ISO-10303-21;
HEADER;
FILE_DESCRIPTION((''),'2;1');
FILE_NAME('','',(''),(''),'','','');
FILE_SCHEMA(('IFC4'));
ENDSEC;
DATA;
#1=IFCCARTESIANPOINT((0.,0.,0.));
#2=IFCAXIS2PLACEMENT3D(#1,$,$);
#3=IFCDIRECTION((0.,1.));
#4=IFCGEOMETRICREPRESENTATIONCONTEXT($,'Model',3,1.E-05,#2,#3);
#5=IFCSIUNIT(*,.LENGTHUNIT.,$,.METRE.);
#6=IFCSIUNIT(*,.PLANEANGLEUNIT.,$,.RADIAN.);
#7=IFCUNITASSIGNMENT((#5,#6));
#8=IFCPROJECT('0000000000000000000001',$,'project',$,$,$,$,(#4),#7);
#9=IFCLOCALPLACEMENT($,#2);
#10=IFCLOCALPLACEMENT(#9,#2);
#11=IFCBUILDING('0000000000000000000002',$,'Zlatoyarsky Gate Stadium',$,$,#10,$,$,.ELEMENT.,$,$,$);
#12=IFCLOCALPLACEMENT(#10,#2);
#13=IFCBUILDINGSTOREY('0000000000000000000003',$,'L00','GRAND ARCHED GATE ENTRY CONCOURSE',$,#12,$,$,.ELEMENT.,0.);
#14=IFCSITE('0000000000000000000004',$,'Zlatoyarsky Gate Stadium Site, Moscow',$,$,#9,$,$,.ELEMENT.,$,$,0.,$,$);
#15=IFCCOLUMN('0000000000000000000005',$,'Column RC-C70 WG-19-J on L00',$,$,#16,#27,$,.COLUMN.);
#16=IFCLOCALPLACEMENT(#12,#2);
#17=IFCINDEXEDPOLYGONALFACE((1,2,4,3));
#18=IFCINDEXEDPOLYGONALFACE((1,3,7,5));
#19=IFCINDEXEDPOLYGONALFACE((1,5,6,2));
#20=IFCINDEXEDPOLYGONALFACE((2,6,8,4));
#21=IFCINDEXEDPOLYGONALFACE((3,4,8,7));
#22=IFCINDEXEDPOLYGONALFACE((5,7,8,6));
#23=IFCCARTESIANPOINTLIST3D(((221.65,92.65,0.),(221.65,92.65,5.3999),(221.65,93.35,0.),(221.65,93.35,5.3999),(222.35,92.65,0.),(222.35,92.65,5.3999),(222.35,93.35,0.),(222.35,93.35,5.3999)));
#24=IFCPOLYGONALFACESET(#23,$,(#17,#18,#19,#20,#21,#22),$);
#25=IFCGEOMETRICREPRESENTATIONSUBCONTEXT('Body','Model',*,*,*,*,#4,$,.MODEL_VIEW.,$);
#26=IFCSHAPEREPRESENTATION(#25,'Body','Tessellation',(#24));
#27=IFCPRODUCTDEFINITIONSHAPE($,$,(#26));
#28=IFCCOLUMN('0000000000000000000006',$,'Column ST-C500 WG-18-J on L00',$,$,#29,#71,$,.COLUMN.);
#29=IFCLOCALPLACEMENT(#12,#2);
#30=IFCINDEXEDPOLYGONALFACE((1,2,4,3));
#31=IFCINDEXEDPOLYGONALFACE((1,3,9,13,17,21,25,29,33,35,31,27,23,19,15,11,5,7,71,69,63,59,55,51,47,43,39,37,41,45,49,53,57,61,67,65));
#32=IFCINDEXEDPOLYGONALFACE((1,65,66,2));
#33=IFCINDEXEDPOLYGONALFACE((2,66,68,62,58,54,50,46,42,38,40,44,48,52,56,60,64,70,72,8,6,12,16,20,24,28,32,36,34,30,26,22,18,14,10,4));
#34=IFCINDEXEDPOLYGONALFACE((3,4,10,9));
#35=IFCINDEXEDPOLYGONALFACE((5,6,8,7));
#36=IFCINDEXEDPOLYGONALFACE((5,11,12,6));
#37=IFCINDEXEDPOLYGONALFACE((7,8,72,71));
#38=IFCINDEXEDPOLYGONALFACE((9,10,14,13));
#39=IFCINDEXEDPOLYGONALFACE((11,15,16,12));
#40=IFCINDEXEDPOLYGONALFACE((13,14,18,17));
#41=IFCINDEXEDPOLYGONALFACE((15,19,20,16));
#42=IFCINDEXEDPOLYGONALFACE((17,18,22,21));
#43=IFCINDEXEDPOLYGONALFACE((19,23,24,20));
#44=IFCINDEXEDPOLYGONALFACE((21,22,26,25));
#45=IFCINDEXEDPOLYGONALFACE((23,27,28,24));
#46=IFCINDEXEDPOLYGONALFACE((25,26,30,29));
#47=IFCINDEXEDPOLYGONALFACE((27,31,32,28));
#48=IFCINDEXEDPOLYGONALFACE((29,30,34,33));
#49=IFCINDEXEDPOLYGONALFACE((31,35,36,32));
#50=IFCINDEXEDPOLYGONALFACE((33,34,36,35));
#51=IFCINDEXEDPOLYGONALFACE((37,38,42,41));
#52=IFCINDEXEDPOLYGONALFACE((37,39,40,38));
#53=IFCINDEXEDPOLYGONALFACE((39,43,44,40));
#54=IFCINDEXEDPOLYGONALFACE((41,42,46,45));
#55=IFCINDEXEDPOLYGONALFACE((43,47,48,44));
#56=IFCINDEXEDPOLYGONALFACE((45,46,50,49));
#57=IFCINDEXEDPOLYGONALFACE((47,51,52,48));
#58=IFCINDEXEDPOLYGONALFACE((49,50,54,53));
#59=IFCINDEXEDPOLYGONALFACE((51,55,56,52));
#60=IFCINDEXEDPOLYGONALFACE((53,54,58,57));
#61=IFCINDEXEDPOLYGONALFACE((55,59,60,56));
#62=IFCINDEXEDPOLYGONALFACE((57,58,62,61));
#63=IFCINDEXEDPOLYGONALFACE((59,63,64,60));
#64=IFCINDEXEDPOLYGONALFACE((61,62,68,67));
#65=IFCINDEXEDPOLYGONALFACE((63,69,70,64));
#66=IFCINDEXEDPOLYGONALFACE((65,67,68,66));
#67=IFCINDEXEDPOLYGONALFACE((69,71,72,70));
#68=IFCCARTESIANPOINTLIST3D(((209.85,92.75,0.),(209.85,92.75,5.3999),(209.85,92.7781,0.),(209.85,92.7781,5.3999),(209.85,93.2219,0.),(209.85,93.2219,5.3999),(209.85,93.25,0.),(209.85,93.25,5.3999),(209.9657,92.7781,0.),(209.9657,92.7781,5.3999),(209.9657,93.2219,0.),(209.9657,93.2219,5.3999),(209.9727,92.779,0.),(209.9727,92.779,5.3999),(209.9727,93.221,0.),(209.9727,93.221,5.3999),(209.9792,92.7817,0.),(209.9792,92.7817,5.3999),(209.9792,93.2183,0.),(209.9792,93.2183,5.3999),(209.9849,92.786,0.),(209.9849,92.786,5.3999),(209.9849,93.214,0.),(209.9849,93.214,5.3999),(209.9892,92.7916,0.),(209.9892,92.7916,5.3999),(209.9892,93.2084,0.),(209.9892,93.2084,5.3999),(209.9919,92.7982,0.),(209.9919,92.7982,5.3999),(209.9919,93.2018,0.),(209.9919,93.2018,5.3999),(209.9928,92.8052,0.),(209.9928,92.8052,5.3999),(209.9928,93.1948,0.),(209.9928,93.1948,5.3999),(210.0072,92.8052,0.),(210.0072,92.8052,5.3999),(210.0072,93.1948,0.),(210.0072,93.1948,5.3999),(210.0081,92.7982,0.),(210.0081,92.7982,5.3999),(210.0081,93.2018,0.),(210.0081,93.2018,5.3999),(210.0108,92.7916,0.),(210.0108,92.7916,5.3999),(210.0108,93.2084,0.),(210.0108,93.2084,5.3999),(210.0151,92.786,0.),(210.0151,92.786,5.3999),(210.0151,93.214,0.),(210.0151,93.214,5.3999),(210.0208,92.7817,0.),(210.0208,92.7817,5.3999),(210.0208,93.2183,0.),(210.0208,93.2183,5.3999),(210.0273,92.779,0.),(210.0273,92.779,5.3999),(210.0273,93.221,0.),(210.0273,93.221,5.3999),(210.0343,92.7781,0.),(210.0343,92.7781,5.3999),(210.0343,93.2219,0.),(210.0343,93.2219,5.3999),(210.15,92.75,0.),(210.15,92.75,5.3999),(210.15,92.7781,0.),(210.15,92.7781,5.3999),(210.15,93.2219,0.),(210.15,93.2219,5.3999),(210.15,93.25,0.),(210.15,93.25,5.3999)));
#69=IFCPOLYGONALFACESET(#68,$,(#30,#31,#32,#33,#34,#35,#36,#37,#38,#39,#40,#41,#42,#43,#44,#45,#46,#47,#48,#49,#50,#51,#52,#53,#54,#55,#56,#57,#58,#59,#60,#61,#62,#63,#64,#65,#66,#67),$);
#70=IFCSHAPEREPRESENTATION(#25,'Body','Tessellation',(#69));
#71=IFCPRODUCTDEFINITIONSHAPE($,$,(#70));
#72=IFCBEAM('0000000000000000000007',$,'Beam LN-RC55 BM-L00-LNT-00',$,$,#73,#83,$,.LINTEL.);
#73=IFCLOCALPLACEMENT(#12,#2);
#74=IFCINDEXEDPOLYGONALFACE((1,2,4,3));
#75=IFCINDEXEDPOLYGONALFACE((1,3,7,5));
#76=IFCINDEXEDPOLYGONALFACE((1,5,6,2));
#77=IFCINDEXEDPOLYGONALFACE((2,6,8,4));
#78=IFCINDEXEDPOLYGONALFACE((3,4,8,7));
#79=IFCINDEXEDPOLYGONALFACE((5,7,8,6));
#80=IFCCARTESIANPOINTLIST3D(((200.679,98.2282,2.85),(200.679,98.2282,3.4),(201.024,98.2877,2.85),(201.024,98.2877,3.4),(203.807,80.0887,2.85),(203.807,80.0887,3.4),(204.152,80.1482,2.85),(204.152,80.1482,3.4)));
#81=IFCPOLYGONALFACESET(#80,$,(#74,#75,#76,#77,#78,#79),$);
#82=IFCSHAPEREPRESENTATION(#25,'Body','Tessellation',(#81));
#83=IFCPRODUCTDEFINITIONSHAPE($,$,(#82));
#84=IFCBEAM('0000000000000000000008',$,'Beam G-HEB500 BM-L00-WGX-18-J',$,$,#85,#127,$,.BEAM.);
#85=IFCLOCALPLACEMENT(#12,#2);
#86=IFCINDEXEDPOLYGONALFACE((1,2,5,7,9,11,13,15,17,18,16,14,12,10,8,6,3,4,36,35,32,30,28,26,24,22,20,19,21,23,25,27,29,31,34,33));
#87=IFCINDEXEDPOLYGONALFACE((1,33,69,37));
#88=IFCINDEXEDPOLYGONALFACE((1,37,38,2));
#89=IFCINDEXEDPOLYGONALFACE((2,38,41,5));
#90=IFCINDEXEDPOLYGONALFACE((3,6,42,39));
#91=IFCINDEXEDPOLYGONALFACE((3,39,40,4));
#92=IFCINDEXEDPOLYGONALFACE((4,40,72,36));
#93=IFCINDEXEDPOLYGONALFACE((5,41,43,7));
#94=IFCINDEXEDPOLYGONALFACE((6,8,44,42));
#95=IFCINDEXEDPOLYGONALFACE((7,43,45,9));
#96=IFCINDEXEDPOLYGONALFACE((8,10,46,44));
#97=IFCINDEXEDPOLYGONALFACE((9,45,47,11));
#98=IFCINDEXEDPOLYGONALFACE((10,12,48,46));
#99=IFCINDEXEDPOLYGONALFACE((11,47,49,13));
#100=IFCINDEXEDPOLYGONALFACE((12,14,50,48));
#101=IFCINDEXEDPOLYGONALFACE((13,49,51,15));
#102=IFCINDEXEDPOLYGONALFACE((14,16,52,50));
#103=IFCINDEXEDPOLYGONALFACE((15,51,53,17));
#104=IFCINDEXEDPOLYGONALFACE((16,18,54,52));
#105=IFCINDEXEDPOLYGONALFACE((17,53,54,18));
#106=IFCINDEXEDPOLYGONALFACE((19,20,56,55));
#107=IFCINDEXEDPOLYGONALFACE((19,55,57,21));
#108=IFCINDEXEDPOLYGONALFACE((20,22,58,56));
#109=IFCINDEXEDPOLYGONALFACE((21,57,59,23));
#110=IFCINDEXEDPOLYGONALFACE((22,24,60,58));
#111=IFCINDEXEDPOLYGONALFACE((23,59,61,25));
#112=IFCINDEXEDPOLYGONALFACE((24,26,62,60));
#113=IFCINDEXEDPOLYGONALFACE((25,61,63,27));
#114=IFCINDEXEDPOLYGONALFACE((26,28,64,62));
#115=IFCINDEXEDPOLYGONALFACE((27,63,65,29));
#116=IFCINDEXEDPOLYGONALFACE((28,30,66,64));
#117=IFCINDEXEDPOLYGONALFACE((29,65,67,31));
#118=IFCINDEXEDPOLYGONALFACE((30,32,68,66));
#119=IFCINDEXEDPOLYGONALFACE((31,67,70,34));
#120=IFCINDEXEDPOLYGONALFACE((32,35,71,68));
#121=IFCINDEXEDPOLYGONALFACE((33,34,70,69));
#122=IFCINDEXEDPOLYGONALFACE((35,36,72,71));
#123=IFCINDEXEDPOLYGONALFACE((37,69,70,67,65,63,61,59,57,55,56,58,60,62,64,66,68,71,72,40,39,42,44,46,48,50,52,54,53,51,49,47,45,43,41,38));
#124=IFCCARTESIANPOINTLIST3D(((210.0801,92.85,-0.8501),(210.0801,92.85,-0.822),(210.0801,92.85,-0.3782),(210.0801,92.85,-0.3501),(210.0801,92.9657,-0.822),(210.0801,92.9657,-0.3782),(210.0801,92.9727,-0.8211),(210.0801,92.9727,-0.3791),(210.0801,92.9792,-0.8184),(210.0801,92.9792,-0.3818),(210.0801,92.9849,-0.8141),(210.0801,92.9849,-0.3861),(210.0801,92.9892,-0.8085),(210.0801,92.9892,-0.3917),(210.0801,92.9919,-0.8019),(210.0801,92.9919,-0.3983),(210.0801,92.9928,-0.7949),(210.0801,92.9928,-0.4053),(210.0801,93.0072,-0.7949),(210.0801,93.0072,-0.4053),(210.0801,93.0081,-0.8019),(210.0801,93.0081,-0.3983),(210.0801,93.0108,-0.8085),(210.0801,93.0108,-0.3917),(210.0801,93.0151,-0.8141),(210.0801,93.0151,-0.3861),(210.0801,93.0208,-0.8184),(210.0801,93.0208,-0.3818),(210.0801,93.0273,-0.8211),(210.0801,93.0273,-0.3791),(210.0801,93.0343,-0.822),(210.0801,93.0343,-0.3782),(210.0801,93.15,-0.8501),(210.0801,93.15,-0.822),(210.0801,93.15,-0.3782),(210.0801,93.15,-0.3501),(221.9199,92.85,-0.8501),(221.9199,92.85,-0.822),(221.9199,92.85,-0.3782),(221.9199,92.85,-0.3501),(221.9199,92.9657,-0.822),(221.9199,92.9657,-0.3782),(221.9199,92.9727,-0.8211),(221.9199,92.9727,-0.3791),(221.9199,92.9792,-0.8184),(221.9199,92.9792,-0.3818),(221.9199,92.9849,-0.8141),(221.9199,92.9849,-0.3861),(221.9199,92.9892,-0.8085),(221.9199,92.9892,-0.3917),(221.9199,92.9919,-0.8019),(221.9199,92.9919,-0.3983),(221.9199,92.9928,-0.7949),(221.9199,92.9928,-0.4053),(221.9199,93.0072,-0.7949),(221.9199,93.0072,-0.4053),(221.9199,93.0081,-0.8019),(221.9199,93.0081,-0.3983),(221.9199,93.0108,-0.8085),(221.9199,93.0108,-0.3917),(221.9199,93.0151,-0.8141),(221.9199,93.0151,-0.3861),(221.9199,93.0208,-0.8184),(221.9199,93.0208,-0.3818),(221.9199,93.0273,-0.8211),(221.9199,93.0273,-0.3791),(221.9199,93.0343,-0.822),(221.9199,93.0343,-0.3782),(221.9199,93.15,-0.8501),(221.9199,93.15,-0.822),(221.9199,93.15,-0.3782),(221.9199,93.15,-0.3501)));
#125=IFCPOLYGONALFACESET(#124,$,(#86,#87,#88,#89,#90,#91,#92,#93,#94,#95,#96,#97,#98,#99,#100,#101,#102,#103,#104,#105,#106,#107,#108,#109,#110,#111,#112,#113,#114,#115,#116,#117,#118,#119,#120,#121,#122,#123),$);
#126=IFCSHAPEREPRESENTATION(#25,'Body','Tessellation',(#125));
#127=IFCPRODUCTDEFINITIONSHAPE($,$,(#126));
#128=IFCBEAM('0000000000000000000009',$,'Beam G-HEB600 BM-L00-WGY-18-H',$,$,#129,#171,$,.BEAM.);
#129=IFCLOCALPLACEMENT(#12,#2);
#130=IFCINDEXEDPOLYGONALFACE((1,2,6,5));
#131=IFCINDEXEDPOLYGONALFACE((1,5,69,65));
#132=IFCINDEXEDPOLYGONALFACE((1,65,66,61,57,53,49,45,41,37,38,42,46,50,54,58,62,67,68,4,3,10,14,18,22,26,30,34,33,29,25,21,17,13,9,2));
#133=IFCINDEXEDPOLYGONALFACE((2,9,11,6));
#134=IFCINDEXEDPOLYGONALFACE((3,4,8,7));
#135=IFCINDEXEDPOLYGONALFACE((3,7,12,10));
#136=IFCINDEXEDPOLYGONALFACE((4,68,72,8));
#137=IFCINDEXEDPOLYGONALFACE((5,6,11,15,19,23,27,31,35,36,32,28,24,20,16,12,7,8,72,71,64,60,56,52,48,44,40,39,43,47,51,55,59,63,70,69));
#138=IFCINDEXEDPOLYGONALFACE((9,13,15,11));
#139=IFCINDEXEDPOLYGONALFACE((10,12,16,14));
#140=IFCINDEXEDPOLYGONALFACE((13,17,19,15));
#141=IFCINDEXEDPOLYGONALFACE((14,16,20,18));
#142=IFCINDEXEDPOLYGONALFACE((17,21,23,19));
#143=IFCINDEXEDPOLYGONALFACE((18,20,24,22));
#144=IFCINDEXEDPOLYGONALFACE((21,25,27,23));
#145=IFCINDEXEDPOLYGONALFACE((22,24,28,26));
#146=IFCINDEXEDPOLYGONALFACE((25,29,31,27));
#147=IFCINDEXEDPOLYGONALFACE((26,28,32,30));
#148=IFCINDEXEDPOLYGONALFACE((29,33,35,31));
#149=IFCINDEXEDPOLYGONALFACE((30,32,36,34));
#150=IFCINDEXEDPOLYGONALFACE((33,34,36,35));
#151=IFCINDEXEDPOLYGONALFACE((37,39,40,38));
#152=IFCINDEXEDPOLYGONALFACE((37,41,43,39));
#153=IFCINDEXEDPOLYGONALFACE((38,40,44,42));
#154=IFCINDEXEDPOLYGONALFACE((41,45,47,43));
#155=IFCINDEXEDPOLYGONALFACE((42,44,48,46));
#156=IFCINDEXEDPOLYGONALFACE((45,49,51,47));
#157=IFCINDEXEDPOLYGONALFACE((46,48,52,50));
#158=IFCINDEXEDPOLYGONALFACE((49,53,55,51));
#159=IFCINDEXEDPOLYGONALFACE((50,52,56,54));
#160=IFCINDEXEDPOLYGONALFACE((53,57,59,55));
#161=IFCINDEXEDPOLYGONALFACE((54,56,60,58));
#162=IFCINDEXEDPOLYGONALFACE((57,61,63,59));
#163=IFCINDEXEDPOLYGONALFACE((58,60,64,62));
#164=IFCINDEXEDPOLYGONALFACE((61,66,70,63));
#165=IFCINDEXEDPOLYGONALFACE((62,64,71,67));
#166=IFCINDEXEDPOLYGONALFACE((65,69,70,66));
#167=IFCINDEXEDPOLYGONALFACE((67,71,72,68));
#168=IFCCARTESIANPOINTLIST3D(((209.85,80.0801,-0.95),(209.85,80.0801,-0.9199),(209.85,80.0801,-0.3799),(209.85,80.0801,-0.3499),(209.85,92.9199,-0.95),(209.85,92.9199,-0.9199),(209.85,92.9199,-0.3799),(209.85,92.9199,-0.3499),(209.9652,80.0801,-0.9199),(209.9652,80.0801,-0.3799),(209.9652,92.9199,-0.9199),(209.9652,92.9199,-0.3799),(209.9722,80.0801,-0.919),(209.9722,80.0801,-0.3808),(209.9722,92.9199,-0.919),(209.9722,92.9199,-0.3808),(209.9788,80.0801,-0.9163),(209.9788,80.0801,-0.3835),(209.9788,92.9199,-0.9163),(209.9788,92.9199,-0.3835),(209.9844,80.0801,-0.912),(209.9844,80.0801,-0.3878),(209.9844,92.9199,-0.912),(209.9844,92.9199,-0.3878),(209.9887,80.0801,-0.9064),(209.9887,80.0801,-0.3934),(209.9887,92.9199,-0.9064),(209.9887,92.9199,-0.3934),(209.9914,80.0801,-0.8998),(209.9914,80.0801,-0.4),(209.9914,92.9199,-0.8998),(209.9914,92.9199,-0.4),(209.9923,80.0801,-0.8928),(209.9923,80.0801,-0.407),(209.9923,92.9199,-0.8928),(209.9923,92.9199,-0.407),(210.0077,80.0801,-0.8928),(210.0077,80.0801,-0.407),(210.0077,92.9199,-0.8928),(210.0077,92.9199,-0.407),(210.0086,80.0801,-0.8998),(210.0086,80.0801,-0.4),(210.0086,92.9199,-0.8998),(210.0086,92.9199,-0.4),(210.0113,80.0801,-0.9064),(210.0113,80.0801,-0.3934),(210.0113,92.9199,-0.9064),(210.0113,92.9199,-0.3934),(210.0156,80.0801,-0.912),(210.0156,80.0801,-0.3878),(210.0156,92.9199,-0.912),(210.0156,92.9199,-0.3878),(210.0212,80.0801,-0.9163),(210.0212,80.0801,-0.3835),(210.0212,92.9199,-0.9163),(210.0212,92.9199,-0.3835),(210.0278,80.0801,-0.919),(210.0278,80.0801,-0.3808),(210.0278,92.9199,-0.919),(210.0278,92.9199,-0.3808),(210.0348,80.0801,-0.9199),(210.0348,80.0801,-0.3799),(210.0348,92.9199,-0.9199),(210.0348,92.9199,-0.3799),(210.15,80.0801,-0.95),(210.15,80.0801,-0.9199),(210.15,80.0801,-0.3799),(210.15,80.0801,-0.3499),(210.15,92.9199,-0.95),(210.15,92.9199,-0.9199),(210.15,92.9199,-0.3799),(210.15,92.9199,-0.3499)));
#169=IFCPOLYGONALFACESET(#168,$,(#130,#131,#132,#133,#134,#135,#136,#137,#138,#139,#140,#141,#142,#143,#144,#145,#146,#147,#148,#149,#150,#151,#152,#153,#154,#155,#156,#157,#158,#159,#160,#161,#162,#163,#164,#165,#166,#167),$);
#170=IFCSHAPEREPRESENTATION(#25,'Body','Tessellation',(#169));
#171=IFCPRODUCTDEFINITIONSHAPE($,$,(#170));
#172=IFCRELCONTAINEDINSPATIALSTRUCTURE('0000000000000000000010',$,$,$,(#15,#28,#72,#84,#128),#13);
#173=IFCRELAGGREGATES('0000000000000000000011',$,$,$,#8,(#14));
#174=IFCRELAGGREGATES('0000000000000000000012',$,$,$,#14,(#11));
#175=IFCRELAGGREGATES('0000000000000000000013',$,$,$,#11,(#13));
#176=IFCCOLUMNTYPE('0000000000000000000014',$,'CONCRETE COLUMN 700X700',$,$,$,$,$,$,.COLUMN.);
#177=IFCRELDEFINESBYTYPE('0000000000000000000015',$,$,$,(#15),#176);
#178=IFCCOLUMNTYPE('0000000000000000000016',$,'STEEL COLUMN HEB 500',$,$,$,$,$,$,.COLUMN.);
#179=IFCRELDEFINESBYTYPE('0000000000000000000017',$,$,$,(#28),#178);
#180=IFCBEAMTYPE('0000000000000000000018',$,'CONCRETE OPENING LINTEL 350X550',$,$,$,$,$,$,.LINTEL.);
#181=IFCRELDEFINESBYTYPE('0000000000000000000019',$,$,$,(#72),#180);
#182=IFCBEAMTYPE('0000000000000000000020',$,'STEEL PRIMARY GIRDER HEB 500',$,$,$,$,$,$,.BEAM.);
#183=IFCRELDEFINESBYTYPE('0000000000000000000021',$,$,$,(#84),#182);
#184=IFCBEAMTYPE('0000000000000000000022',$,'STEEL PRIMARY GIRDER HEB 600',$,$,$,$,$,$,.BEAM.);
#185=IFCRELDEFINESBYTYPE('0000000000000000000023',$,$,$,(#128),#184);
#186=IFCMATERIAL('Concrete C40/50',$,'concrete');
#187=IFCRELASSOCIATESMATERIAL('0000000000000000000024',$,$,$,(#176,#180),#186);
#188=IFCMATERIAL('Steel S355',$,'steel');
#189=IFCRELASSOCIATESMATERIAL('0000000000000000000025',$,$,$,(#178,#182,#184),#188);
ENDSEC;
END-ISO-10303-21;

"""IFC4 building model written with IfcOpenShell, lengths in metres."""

from ifc_helpers import new_model, si_unit, direction, frame, origin, origin_2d, place, context, subcontext, project, spatial, rectangle, i_section, extrude, material, material_profile, profile_set, type_object, element, save


model = new_model("IFC4")

# Units and contexts
model_context = context("Model", 3, precision=1e-05, world=origin(), true_north=direction((0.0, 1.0)))
body_context = subcontext(model_context, "Body", "Model", "MODEL_VIEW")
ifc_project = project(units=[si_unit("LENGTHUNIT", "METRE"), si_unit("PLANEANGLEUNIT", "RADIAN")], contexts=[model_context])

# Site, building, storey
site_placement = place(None, origin())
site = spatial("IfcSite", under=ifc_project, at=site_placement, Name="Zlatoyarsky Gate Stadium Site, Moscow", CompositionType="ELEMENT", RefElevation=0.0)
building_placement = place(site_placement, origin())
building = spatial("IfcBuilding", under=site, at=building_placement, Name="Zlatoyarsky Gate Stadium", CompositionType="ELEMENT")
storey_placement = place(building_placement, origin())
storey = spatial("IfcBuildingStorey", under=building, at=storey_placement, Name="L00", Description="GRAND ARCHED GATE ENTRY CONCOURSE", CompositionType="ELEMENT", Elevation=0.0)

# Columns
ifc_material_1 = material(Name="Concrete C40/50", Category="concrete")
ifc_material_profile_1 = material_profile(ifc_material_1, rectangle(XDim=0.7, YDim=0.7, at=origin_2d()), Name="RC COL 700X700")
ifc_profile_set_1 = profile_set([ifc_material_profile_1], Name="Concrete C40/50")
column_type_1 = type_object("IfcColumnType", Name="CONCRETE COLUMN 700X700", PredefinedType="COLUMN", material=ifc_profile_set_1)
column_1_placement = place(storey_placement, frame((222.0, 93.0, 0.0), z_axis=(0.0, 0.0, 1.0), x_axis=(1.0, 0.0, 0.0)))
element("IfcColumn", 1, at=column_1_placement, inside=storey, type_object=column_type_1, Name="Column RC-C70 WG-19-J on L00", PredefinedType="COLUMN", context=body_context, shape_type="SweptSolid", body=[
    extrude(rectangle(XDim=0.7, YDim=0.7, at=origin_2d()), origin(), (0.0, 0.0, 1.0), 5.3999),
])
ifc_material_2 = material(Name="Steel S355", Category="steel")
ifc_material_profile_2 = material_profile(ifc_material_2, i_section(OverallWidth=0.3, OverallDepth=0.5, WebThickness=0.0144, FlangeThickness=0.0281, FilletRadius=0.0271, at=origin_2d()), Name="HEB 500")
ifc_profile_set_2 = profile_set([ifc_material_profile_2], Name="Steel S355")
column_type_2 = type_object("IfcColumnType", Name="STEEL COLUMN HEB 500", PredefinedType="COLUMN", material=ifc_profile_set_2)
column_2_placement = place(storey_placement, frame((210.0, 93.0, 0.0), z_axis=(0.0, 0.0, 1.0), x_axis=(1.0, 0.0, 0.0)))
element("IfcColumn", 2, at=column_2_placement, inside=storey, type_object=column_type_2, Name="Column ST-C500 WG-18-J on L00", PredefinedType="COLUMN", context=body_context, shape_type="SweptSolid", body=[
    extrude(i_section(OverallWidth=0.3, OverallDepth=0.5, WebThickness=0.0144, FlangeThickness=0.0281, FilletRadius=0.0271, at=origin_2d()), origin(), (0.0, 0.0, 1.0), 5.3999),
])

# Beams
ifc_material_profile_3 = material_profile(ifc_material_1, rectangle(XDim=0.3501, YDim=0.55, at=origin_2d()), Name="RC LINTEL 350X550")
ifc_profile_set_3 = profile_set([ifc_material_profile_3], Name="Concrete C40/50")
beam_type_1 = type_object("IfcBeamType", Name="CONCRETE OPENING LINTEL 350X550", PredefinedType="LINTEL", material=ifc_profile_set_3)
beam_1_placement = place(storey_placement, frame((203.9795, 80.1184, 3.125), z_axis=(-0.16993, 0.985456, 0.0), x_axis=(-0.985456, -0.16993, 0.0)))
element("IfcBeam", 3, at=beam_1_placement, inside=storey, type_object=beam_type_1, Name="Beam LN-RC55 BM-L00-LNT-00", PredefinedType="LINTEL", context=body_context, shape_type="SweptSolid", body=[
    extrude(rectangle(XDim=0.3501, YDim=0.55, at=origin_2d()), origin(), (0.0, 0.0, 1.0), 18.4072),
])
ifc_material_profile_4 = material_profile(ifc_material_2, i_section(OverallWidth=0.3, OverallDepth=0.5, WebThickness=0.0144, FlangeThickness=0.0281, FilletRadius=0.0271, at=origin_2d()), Name="HEB 500")
ifc_profile_set_4 = profile_set([ifc_material_profile_4], Name="Steel S355")
beam_type_2 = type_object("IfcBeamType", Name="STEEL PRIMARY GIRDER HEB 500", PredefinedType="BEAM", material=ifc_profile_set_4)
beam_2_placement = place(storey_placement, frame((210.0801, 93.0, -0.6001), z_axis=(1.0, 0.0, 0.0), x_axis=(0.0, 1.0, 0.0)))
element("IfcBeam", 4, at=beam_2_placement, inside=storey, type_object=beam_type_2, Name="Beam G-HEB500 BM-L00-WGX-18-J", PredefinedType="BEAM", context=body_context, shape_type="SweptSolid", body=[
    extrude(i_section(OverallWidth=0.3, OverallDepth=0.5, WebThickness=0.0144, FlangeThickness=0.0281, FilletRadius=0.0271, at=origin_2d()), origin(), (0.0, 0.0, 1.0), 11.8398),
])
ifc_material_profile_5 = material_profile(ifc_material_2, i_section(OverallWidth=0.3, OverallDepth=0.6001, WebThickness=0.0154, FlangeThickness=0.03, FilletRadius=0.0271, at=origin_2d()), Name="HEB 600")
ifc_profile_set_5 = profile_set([ifc_material_profile_5], Name="Steel S355")
beam_type_3 = type_object("IfcBeamType", Name="STEEL PRIMARY GIRDER HEB 600", PredefinedType="BEAM", material=ifc_profile_set_5)
for number, where, z_axis, x_axis, name in (
    (5, (210.0, 80.0801, -0.6499), (0.0, 1.0, 0.0), (-1.0, 0.0, 0.0), "Beam G-HEB600 BM-L00-WGY-18-H"),
):
    element("IfcBeam", number, at=place(storey_placement, frame(where, z_axis=z_axis, x_axis=x_axis)), inside=storey, type_object=beam_type_3, Name=name, PredefinedType="BEAM", context=body_context, shape_type="SweptSolid", body=[
        extrude(i_section(OverallWidth=0.3, OverallDepth=0.6001, WebThickness=0.0154, FlangeThickness=0.03, FilletRadius=0.0271, at=origin_2d()), origin(), (0.0, 0.0, 1.0), 12.8398),
    ])

save(model, "model.ifc")
